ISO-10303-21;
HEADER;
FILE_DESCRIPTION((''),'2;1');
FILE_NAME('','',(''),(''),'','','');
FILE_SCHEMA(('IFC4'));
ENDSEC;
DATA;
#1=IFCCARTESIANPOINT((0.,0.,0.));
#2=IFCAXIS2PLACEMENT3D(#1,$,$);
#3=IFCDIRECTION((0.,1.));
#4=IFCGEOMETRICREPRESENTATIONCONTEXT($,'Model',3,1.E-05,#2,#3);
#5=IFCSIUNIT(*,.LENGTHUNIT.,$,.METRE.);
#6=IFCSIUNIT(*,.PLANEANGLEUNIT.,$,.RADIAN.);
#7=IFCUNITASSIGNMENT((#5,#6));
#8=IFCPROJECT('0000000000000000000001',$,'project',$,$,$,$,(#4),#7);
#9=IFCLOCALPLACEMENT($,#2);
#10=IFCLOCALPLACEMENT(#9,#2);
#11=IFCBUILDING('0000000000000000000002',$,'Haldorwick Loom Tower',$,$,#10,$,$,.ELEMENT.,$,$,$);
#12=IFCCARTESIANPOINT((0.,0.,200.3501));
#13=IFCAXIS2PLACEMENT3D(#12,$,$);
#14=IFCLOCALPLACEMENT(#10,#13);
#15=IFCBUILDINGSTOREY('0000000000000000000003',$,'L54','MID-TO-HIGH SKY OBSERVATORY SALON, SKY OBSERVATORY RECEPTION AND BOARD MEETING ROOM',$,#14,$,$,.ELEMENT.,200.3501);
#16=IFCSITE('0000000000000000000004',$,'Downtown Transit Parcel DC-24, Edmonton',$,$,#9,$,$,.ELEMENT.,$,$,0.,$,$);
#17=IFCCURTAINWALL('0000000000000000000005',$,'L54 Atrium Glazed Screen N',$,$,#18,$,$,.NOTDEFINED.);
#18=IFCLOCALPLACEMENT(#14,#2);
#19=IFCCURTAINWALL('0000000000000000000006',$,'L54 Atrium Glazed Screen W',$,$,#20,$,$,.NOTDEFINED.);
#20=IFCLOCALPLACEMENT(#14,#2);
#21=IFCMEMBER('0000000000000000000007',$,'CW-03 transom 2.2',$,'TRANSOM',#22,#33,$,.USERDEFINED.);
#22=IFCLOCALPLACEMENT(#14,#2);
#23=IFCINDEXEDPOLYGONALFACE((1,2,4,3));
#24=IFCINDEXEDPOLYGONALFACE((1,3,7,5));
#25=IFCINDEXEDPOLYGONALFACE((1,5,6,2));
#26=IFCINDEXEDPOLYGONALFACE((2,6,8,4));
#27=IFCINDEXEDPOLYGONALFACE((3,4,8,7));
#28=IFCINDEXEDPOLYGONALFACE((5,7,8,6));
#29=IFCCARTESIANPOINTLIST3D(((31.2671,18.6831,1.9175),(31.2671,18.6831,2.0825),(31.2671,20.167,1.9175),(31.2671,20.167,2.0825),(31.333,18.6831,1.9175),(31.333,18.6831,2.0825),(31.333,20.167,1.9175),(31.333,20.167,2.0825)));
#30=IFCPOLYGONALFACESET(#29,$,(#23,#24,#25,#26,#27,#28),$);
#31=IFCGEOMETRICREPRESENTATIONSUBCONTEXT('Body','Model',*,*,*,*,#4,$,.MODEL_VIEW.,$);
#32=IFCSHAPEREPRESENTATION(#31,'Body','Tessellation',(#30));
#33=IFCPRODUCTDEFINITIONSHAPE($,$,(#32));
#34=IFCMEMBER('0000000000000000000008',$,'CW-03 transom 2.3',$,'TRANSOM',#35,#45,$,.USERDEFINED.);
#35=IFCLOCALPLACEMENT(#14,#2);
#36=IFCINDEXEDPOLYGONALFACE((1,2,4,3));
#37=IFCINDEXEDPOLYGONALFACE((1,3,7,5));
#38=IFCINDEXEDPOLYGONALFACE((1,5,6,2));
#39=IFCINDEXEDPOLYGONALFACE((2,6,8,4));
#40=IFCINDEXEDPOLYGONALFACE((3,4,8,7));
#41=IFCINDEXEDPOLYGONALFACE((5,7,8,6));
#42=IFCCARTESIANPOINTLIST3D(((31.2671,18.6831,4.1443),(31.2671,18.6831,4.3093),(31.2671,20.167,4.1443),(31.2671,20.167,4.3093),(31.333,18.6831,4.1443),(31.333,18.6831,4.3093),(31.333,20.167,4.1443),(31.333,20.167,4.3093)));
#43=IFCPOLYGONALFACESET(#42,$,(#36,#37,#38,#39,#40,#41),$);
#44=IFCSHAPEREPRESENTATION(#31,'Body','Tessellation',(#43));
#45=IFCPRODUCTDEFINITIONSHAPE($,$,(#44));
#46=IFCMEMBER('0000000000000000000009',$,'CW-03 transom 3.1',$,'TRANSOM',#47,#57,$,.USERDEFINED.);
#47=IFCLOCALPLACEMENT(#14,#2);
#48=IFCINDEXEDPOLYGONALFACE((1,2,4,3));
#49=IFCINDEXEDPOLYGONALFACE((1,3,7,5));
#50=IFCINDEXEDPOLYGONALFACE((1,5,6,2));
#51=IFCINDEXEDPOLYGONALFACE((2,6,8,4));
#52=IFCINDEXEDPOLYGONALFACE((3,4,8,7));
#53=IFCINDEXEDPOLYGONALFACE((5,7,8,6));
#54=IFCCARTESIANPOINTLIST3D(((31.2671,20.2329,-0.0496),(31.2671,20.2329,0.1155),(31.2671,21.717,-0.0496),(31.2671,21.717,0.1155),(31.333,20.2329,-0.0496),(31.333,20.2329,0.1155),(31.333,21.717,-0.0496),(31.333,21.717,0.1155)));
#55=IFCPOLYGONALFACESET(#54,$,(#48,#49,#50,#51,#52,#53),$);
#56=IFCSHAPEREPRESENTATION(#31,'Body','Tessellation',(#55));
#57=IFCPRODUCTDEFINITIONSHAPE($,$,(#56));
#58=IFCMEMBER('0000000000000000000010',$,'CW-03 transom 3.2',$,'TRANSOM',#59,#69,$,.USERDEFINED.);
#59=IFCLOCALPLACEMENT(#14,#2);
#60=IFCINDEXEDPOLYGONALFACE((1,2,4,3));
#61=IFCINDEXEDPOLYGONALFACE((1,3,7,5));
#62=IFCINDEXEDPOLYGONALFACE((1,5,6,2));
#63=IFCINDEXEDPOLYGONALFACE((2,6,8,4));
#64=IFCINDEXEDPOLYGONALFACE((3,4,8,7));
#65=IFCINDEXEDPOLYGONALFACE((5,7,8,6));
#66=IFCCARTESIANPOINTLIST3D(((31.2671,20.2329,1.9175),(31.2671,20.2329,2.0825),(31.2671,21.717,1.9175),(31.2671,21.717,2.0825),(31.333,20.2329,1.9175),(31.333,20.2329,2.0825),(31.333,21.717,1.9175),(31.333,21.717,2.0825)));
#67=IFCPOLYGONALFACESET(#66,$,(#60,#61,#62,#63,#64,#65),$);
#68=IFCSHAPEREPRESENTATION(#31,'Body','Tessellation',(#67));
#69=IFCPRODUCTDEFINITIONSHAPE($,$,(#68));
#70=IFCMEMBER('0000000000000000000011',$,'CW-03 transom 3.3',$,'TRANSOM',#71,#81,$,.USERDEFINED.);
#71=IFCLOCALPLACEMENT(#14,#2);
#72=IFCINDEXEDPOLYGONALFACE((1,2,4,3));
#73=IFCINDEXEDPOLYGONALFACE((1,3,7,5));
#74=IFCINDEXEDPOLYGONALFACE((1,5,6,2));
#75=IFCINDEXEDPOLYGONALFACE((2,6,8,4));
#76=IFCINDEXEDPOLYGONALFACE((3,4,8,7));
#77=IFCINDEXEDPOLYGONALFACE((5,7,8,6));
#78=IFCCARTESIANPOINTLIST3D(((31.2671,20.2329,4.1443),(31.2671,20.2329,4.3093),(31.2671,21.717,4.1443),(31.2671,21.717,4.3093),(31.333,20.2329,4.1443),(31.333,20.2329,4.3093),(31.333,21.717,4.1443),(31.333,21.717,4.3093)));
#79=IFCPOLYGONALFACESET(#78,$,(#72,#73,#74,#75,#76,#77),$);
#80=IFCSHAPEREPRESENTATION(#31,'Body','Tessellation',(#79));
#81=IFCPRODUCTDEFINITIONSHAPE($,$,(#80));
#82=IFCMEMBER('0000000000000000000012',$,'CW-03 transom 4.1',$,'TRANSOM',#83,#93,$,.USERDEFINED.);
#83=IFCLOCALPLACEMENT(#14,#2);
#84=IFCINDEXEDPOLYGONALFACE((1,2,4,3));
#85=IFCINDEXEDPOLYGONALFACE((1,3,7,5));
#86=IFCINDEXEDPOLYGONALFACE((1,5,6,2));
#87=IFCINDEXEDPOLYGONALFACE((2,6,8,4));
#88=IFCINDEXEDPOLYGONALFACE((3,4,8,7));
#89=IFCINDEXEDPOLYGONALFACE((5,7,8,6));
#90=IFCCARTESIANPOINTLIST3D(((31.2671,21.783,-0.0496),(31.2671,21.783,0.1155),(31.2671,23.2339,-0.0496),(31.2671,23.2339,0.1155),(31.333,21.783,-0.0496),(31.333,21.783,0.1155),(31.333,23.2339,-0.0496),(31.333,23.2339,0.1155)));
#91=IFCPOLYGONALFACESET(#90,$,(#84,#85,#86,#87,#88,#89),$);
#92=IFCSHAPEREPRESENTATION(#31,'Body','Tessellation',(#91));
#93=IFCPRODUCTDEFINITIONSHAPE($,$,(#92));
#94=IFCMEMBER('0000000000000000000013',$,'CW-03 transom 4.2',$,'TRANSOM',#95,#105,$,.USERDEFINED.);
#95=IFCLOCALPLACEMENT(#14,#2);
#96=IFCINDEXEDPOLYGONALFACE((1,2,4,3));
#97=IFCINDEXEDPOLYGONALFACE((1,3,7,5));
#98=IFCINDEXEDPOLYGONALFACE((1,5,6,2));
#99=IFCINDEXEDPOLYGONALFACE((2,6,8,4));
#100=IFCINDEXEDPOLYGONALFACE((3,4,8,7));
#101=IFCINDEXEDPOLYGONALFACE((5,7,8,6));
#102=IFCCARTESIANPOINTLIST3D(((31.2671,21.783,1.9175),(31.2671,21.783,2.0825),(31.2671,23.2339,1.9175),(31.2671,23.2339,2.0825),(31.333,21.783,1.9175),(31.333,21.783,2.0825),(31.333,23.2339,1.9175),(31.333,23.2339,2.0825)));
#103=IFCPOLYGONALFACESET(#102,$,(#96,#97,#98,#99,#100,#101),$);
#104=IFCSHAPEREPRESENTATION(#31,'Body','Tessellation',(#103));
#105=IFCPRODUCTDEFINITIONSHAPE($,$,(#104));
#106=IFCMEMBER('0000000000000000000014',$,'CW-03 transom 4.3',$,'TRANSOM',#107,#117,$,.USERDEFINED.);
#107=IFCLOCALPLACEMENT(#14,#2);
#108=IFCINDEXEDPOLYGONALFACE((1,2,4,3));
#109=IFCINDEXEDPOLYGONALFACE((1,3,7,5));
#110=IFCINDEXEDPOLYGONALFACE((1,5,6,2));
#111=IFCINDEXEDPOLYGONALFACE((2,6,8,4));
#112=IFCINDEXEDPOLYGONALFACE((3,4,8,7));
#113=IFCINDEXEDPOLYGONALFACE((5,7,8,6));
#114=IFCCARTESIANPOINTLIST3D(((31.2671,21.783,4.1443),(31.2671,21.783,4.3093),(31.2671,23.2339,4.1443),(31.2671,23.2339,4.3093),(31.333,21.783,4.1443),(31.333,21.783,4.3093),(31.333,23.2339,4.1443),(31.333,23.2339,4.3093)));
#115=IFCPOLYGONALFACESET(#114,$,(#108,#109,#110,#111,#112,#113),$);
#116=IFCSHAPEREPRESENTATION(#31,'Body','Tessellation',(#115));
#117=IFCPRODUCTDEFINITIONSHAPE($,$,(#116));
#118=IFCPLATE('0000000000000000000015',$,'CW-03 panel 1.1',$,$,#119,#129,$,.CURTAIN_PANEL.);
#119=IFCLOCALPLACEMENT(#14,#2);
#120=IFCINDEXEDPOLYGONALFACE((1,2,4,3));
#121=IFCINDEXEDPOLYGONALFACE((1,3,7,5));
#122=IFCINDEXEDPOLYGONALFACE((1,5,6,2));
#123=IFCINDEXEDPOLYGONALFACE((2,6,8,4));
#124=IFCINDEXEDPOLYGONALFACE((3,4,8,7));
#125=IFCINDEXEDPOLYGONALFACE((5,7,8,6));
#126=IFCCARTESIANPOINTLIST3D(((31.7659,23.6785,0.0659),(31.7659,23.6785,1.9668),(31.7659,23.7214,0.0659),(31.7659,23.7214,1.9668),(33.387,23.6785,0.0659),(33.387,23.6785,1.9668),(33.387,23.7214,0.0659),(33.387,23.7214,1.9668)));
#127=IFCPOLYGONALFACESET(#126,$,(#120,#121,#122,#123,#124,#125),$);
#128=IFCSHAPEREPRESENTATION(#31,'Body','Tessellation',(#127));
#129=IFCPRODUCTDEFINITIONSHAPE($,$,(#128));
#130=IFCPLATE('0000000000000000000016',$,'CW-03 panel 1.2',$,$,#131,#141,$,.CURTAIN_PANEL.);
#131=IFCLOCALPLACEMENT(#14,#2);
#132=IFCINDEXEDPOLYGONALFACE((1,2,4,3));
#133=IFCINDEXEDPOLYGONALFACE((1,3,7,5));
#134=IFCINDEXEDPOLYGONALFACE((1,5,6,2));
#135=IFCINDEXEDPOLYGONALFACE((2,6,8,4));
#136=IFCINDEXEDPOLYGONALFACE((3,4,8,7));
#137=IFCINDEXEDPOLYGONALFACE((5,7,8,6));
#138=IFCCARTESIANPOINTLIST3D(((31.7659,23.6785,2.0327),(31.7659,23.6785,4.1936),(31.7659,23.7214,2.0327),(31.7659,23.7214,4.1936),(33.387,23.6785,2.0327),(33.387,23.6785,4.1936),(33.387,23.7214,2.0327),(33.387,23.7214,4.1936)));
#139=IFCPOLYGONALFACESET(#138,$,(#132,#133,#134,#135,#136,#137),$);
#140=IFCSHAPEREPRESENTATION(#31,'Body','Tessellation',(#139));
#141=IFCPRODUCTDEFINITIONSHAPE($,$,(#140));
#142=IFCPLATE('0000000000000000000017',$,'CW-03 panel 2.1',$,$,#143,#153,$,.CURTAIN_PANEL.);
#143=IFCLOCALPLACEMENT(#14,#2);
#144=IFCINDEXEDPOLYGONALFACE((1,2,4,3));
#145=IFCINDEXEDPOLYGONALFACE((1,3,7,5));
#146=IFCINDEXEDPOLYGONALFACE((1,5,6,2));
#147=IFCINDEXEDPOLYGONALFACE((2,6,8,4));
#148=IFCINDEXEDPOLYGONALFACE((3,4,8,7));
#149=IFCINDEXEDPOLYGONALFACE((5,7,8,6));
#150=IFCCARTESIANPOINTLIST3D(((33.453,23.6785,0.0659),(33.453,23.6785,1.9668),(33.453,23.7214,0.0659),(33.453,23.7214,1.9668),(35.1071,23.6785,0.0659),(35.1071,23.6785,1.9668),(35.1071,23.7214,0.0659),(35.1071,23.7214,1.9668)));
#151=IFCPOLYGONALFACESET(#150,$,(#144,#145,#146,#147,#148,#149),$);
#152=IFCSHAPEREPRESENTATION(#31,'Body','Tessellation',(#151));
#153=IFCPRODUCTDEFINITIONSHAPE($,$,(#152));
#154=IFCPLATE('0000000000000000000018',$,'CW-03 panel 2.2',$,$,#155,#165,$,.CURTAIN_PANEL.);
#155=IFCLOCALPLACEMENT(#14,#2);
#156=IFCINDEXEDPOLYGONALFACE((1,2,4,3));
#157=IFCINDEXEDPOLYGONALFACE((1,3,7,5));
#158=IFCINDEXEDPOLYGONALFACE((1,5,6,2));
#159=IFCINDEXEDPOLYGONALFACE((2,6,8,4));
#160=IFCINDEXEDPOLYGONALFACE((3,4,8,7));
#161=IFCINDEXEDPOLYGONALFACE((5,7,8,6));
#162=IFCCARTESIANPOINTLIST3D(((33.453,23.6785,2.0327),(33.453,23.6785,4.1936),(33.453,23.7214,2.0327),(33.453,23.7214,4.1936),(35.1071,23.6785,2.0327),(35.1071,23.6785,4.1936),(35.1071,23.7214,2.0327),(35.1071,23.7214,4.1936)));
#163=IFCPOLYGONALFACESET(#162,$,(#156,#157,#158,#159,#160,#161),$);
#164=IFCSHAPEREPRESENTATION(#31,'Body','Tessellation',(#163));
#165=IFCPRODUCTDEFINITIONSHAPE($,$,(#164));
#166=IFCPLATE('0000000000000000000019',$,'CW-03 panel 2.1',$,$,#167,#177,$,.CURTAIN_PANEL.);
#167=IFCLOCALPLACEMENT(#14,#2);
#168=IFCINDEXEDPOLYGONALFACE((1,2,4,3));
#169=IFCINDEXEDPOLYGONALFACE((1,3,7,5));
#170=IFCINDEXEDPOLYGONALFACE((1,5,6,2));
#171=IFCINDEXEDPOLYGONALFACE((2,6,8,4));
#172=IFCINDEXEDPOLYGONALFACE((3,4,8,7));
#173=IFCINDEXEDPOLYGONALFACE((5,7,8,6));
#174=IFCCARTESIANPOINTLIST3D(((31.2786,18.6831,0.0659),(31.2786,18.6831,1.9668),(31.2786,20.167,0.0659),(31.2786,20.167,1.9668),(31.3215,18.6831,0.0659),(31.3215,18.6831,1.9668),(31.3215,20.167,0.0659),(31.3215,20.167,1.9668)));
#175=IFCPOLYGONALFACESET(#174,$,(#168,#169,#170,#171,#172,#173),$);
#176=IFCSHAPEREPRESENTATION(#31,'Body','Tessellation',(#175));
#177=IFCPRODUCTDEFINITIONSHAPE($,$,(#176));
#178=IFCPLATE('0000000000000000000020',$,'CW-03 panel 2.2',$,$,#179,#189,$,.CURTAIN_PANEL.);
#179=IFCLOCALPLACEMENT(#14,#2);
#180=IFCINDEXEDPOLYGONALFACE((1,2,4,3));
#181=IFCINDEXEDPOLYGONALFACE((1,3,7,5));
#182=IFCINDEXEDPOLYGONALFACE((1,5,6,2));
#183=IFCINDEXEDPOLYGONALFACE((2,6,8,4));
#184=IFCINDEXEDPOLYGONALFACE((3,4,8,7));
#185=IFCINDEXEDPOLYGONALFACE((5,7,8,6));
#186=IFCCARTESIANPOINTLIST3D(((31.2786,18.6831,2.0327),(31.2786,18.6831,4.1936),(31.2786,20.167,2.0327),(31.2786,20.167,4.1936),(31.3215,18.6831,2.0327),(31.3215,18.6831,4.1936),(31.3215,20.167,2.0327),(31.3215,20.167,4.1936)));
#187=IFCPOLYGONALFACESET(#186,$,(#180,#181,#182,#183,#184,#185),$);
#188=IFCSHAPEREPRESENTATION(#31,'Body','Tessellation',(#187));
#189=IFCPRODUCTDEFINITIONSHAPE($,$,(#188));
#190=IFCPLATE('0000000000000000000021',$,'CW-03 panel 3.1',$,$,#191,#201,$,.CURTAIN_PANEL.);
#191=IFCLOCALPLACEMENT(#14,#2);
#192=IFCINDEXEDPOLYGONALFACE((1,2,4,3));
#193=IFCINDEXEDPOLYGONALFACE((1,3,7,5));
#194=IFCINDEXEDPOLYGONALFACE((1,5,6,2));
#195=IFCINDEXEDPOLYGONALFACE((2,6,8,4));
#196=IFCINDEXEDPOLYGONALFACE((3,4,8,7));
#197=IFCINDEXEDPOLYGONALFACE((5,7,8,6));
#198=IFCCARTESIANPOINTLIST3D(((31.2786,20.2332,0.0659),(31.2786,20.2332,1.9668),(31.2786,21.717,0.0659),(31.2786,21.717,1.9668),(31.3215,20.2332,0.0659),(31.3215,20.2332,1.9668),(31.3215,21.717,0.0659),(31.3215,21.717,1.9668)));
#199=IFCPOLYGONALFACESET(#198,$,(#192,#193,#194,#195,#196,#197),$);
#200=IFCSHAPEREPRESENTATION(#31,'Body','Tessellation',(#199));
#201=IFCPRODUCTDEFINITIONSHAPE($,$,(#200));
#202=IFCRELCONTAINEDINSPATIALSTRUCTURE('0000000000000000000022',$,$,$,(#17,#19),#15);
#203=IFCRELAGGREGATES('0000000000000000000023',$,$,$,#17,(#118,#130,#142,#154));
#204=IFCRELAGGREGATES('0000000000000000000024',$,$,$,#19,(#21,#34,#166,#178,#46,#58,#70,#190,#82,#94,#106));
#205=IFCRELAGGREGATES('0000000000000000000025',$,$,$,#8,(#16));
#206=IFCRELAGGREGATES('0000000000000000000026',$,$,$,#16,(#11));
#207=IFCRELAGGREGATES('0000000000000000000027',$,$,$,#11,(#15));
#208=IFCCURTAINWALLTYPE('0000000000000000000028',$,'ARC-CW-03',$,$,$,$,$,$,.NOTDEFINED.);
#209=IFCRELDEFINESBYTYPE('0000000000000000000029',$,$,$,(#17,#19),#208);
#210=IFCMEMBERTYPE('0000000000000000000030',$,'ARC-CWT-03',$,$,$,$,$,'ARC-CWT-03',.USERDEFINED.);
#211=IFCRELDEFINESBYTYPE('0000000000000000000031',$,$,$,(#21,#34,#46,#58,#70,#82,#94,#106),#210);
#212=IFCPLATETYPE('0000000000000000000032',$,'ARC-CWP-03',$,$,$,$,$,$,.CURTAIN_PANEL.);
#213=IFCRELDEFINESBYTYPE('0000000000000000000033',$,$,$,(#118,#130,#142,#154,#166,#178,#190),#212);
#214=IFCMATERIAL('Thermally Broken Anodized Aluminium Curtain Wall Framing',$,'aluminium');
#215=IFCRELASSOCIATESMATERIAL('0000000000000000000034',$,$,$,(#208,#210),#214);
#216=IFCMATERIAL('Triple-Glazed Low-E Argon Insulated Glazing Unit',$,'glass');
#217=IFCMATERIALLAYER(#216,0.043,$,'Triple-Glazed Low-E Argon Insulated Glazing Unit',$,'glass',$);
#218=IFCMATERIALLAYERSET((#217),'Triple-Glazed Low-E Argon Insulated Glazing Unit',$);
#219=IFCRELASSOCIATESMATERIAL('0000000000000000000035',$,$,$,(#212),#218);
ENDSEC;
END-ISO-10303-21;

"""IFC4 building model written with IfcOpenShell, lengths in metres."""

from ifc_helpers import new_model, si_unit, direction, frame, origin, origin_2d, place, context, subcontext, project, spatial, rectangle, extrude, material, layer, layer_set, material_profile, profile_set, type_object, element, aggregate, save


model = new_model("IFC4")

# Units and contexts
model_context = context("Model", 3, precision=1e-05, world=origin(), true_north=direction((0.0, 1.0)))
body_context = subcontext(model_context, "Body", "Model", "MODEL_VIEW")
ifc_project = project(units=[si_unit("LENGTHUNIT", "METRE"), si_unit("PLANEANGLEUNIT", "RADIAN")], contexts=[model_context])

# Site, building, storey
site_placement = place(None, origin())
site = spatial("IfcSite", under=ifc_project, at=site_placement, Name="Downtown Transit Parcel DC-24, Edmonton", CompositionType="ELEMENT", RefElevation=0.0)
building_placement = place(site_placement, origin())
building = spatial("IfcBuilding", under=site, at=building_placement, Name="Haldorwick Loom Tower", CompositionType="ELEMENT")
storey_placement = place(building_placement, frame((0.0, 0.0, 200.3501)))
storey = spatial("IfcBuildingStorey", under=building, at=storey_placement, Name="L54", Description="MID-TO-HIGH SKY OBSERVATORY SALON, SKY OBSERVATORY RECEPTION AND BOARD MEETING ROOM", CompositionType="ELEMENT", Elevation=200.3501)

# Shared definitions
ifc_material_1 = material(Name="Thermally Broken Anodized Aluminium Curtain Wall Framing", Category="aluminium")
curtain_wall_type = type_object("IfcCurtainWallType", Name="ARC-CW-03", PredefinedType="NOTDEFINED", material=ifc_material_1)

# Curtain walls
curtain_wall_1_placement = place(storey_placement, origin())
curtain_wall_1 = element("IfcCurtainWall", 1, at=curtain_wall_1_placement, inside=storey, type_object=curtain_wall_type, Name="L54 Atrium Glazed Screen N", PredefinedType="NOTDEFINED")
curtain_wall_2_placement = place(storey_placement, origin())
curtain_wall_2 = element("IfcCurtainWall", 2, at=curtain_wall_2_placement, inside=storey, type_object=curtain_wall_type, Name="L54 Atrium Glazed Screen W", PredefinedType="NOTDEFINED")

# Members
ifc_material_profile_1 = material_profile(ifc_material_1, rectangle(XDim=0.0659, YDim=0.165, at=origin_2d()), Name="ALU_TRN_66X165", Category="aluminium")
ifc_profile_set_1 = profile_set([ifc_material_profile_1], Name="Thermally Broken Anodized Aluminium Curtain Wall Framing")
member_type_1 = type_object("IfcMemberType", Name="ARC-CWT-03", ElementType="ARC-CWT-03", PredefinedType="USERDEFINED", material=ifc_profile_set_1)
member_1_placement = place(storey_placement, frame((31.3, 18.6831, 2.0), z_axis=(0.0, 1.0, 0.0), x_axis=(-1.0, 0.0, 0.0)))
member_1 = element("IfcMember", 3, at=member_1_placement, type_object=member_type_1, Name="CW-03 transom 2.2", ObjectType="TRANSOM", PredefinedType="USERDEFINED", context=body_context, shape_type="SweptSolid", body=[
    extrude(rectangle(XDim=0.0659, YDim=0.165, at=origin_2d()), origin(), (0.0, 0.0, 1.0), 1.4839),
])
member_2_placement = place(storey_placement, frame((31.3, 18.6831, 4.2268), z_axis=(0.0, 1.0, 0.0), x_axis=(-1.0, 0.0, 0.0)))
member_2 = element("IfcMember", 4, at=member_2_placement, type_object=member_type_1, Name="CW-03 transom 2.3", ObjectType="TRANSOM", PredefinedType="USERDEFINED", context=body_context, shape_type="SweptSolid", body=[
    extrude(rectangle(XDim=0.0659, YDim=0.165, at=origin_2d()), origin(), (0.0, 0.0, 1.0), 1.4839),
])
member_3_placement = place(storey_placement, frame((31.3, 20.2329, 0.033), z_axis=(0.0, 1.0, 0.0), x_axis=(-1.0, 0.0, 0.0)))
member_3 = element("IfcMember", 5, at=member_3_placement, type_object=member_type_1, Name="CW-03 transom 3.1", ObjectType="TRANSOM", PredefinedType="USERDEFINED", context=body_context, shape_type="SweptSolid", body=[
    extrude(rectangle(XDim=0.0659, YDim=0.165, at=origin_2d()), origin(), (0.0, 0.0, 1.0), 1.4841),
])
member_4_placement = place(storey_placement, frame((31.3, 20.2329, 2.0), z_axis=(0.0, 1.0, 0.0), x_axis=(-1.0, 0.0, 0.0)))
member_4 = element("IfcMember", 6, at=member_4_placement, type_object=member_type_1, Name="CW-03 transom 3.2", ObjectType="TRANSOM", PredefinedType="USERDEFINED", context=body_context, shape_type="SweptSolid", body=[
    extrude(rectangle(XDim=0.0659, YDim=0.165, at=origin_2d()), origin(), (0.0, 0.0, 1.0), 1.4841),
])
member_5_placement = place(storey_placement, frame((31.3, 20.2329, 4.2268), z_axis=(0.0, 1.0, 0.0), x_axis=(-1.0, 0.0, 0.0)))
member_5 = element("IfcMember", 7, at=member_5_placement, type_object=member_type_1, Name="CW-03 transom 3.3", ObjectType="TRANSOM", PredefinedType="USERDEFINED", context=body_context, shape_type="SweptSolid", body=[
    extrude(rectangle(XDim=0.0659, YDim=0.165, at=origin_2d()), origin(), (0.0, 0.0, 1.0), 1.4841),
])
member_6_placement = place(storey_placement, frame((31.3, 21.783, 0.033), z_axis=(0.0, 1.0, 0.0), x_axis=(-1.0, 0.0, 0.0)))
member_6 = element("IfcMember", 8, at=member_6_placement, type_object=member_type_1, Name="CW-03 transom 4.1", ObjectType="TRANSOM", PredefinedType="USERDEFINED", context=body_context, shape_type="SweptSolid", body=[
    extrude(rectangle(XDim=0.0659, YDim=0.165, at=origin_2d()), origin(), (0.0, 0.0, 1.0), 1.4509),
])
member_7_placement = place(storey_placement, frame((31.3, 21.783, 2.0), z_axis=(0.0, 1.0, 0.0), x_axis=(-1.0, 0.0, 0.0)))
member_7 = element("IfcMember", 9, at=member_7_placement, type_object=member_type_1, Name="CW-03 transom 4.2", ObjectType="TRANSOM", PredefinedType="USERDEFINED", context=body_context, shape_type="SweptSolid", body=[
    extrude(rectangle(XDim=0.0659, YDim=0.165, at=origin_2d()), origin(), (0.0, 0.0, 1.0), 1.4509),
])
member_8_placement = place(storey_placement, frame((31.3, 21.783, 4.2268), z_axis=(0.0, 1.0, 0.0), x_axis=(-1.0, 0.0, 0.0)))
member_8 = element("IfcMember", 10, at=member_8_placement, type_object=member_type_1, Name="CW-03 transom 4.3", ObjectType="TRANSOM", PredefinedType="USERDEFINED", context=body_context, shape_type="SweptSolid", body=[
    extrude(rectangle(XDim=0.0659, YDim=0.165, at=origin_2d()), origin(), (0.0, 0.0, 1.0), 1.4509),
])

# Plates
ifc_material_2 = material(Name="Triple-Glazed Low-E Argon Insulated Glazing Unit", Category="glass")
ifc_layer_1 = layer(ifc_material_2, 0.043, Name="Triple-Glazed Low-E Argon Insulated Glazing Unit", Category="glass")
ifc_layer_set_1 = layer_set([ifc_layer_1], Name="Triple-Glazed Low-E Argon Insulated Glazing Unit")
plate_type = type_object("IfcPlateType", Name="ARC-CWP-03", PredefinedType="CURTAIN_PANEL", material=ifc_layer_set_1)
plate_1_placement = place(storey_placement, frame((32.5764, 23.7, 0.0659), z_axis=(0.0, 0.0, 1.0), x_axis=(1.0, 0.0, 0.0)))
plate_1 = element("IfcPlate", 11, at=plate_1_placement, type_object=plate_type, Name="CW-03 panel 1.1", PredefinedType="CURTAIN_PANEL", context=body_context, shape_type="SweptSolid", body=[
    extrude(rectangle(XDim=1.6211, YDim=0.043, at=origin_2d()), origin(), (0.0, 0.0, 1.0), 1.9009),
])
plate_2_placement = place(storey_placement, frame((32.5764, 23.7, 2.0327), z_axis=(0.0, 0.0, 1.0), x_axis=(1.0, 0.0, 0.0)))
plate_2 = element("IfcPlate", 12, at=plate_2_placement, type_object=plate_type, Name="CW-03 panel 1.2", PredefinedType="CURTAIN_PANEL", context=body_context, shape_type="SweptSolid", body=[
    extrude(rectangle(XDim=1.6211, YDim=0.043, at=origin_2d()), origin(), (0.0, 0.0, 1.0), 2.1609),
])
plate_3_placement = place(storey_placement, frame((34.28, 23.7, 0.0659), z_axis=(0.0, 0.0, 1.0), x_axis=(1.0, 0.0, 0.0)))
plate_3 = element("IfcPlate", 13, at=plate_3_placement, type_object=plate_type, Name="CW-03 panel 2.1", PredefinedType="CURTAIN_PANEL", context=body_context, shape_type="SweptSolid", body=[
    extrude(rectangle(XDim=1.6541, YDim=0.043, at=origin_2d()), origin(), (0.0, 0.0, 1.0), 1.9009),
])
plate_4_placement = place(storey_placement, frame((34.28, 23.7, 2.0327), z_axis=(0.0, 0.0, 1.0), x_axis=(1.0, 0.0, 0.0)))
plate_4 = element("IfcPlate", 14, at=plate_4_placement, type_object=plate_type, Name="CW-03 panel 2.2", PredefinedType="CURTAIN_PANEL", context=body_context, shape_type="SweptSolid", body=[
    extrude(rectangle(XDim=1.6541, YDim=0.043, at=origin_2d()), origin(), (0.0, 0.0, 1.0), 2.1609),
])
aggregate(curtain_wall_1, [plate_1, plate_2, plate_3, plate_4])
plate_5_placement = place(storey_placement, frame((31.3, 19.425, 0.0659), z_axis=(0.0, 0.0, 1.0), x_axis=(0.0, 1.0, 0.0)))
plate_5 = element("IfcPlate", 15, at=plate_5_placement, type_object=plate_type, Name="CW-03 panel 2.1", PredefinedType="CURTAIN_PANEL", context=body_context, shape_type="SweptSolid", body=[
    extrude(rectangle(XDim=1.4839, YDim=0.043, at=origin_2d()), origin(), (0.0, 0.0, 1.0), 1.9009),
])
plate_6_placement = place(storey_placement, frame((31.3, 19.425, 2.0327), z_axis=(0.0, 0.0, 1.0), x_axis=(0.0, 1.0, 0.0)))
plate_6 = element("IfcPlate", 16, at=plate_6_placement, type_object=plate_type, Name="CW-03 panel 2.2", PredefinedType="CURTAIN_PANEL", context=body_context, shape_type="SweptSolid", body=[
    extrude(rectangle(XDim=1.4839, YDim=0.043, at=origin_2d()), origin(), (0.0, 0.0, 1.0), 2.1609),
])
plate_7_placement = place(storey_placement, frame((31.3, 20.9751, 0.0659), z_axis=(0.0, 0.0, 1.0), x_axis=(0.0, 1.0, 0.0)))
plate_7 = element("IfcPlate", 17, at=plate_7_placement, type_object=plate_type, Name="CW-03 panel 3.1", PredefinedType="CURTAIN_PANEL", context=body_context, shape_type="SweptSolid", body=[
    extrude(rectangle(XDim=1.4839, YDim=0.043, at=origin_2d()), origin(), (0.0, 0.0, 1.0), 1.9009),
])
aggregate(curtain_wall_2, [member_1, member_2, plate_5, plate_6, member_3, member_4, member_5, plate_7, member_6, member_7, member_8])

save(model, "model.ifc")
